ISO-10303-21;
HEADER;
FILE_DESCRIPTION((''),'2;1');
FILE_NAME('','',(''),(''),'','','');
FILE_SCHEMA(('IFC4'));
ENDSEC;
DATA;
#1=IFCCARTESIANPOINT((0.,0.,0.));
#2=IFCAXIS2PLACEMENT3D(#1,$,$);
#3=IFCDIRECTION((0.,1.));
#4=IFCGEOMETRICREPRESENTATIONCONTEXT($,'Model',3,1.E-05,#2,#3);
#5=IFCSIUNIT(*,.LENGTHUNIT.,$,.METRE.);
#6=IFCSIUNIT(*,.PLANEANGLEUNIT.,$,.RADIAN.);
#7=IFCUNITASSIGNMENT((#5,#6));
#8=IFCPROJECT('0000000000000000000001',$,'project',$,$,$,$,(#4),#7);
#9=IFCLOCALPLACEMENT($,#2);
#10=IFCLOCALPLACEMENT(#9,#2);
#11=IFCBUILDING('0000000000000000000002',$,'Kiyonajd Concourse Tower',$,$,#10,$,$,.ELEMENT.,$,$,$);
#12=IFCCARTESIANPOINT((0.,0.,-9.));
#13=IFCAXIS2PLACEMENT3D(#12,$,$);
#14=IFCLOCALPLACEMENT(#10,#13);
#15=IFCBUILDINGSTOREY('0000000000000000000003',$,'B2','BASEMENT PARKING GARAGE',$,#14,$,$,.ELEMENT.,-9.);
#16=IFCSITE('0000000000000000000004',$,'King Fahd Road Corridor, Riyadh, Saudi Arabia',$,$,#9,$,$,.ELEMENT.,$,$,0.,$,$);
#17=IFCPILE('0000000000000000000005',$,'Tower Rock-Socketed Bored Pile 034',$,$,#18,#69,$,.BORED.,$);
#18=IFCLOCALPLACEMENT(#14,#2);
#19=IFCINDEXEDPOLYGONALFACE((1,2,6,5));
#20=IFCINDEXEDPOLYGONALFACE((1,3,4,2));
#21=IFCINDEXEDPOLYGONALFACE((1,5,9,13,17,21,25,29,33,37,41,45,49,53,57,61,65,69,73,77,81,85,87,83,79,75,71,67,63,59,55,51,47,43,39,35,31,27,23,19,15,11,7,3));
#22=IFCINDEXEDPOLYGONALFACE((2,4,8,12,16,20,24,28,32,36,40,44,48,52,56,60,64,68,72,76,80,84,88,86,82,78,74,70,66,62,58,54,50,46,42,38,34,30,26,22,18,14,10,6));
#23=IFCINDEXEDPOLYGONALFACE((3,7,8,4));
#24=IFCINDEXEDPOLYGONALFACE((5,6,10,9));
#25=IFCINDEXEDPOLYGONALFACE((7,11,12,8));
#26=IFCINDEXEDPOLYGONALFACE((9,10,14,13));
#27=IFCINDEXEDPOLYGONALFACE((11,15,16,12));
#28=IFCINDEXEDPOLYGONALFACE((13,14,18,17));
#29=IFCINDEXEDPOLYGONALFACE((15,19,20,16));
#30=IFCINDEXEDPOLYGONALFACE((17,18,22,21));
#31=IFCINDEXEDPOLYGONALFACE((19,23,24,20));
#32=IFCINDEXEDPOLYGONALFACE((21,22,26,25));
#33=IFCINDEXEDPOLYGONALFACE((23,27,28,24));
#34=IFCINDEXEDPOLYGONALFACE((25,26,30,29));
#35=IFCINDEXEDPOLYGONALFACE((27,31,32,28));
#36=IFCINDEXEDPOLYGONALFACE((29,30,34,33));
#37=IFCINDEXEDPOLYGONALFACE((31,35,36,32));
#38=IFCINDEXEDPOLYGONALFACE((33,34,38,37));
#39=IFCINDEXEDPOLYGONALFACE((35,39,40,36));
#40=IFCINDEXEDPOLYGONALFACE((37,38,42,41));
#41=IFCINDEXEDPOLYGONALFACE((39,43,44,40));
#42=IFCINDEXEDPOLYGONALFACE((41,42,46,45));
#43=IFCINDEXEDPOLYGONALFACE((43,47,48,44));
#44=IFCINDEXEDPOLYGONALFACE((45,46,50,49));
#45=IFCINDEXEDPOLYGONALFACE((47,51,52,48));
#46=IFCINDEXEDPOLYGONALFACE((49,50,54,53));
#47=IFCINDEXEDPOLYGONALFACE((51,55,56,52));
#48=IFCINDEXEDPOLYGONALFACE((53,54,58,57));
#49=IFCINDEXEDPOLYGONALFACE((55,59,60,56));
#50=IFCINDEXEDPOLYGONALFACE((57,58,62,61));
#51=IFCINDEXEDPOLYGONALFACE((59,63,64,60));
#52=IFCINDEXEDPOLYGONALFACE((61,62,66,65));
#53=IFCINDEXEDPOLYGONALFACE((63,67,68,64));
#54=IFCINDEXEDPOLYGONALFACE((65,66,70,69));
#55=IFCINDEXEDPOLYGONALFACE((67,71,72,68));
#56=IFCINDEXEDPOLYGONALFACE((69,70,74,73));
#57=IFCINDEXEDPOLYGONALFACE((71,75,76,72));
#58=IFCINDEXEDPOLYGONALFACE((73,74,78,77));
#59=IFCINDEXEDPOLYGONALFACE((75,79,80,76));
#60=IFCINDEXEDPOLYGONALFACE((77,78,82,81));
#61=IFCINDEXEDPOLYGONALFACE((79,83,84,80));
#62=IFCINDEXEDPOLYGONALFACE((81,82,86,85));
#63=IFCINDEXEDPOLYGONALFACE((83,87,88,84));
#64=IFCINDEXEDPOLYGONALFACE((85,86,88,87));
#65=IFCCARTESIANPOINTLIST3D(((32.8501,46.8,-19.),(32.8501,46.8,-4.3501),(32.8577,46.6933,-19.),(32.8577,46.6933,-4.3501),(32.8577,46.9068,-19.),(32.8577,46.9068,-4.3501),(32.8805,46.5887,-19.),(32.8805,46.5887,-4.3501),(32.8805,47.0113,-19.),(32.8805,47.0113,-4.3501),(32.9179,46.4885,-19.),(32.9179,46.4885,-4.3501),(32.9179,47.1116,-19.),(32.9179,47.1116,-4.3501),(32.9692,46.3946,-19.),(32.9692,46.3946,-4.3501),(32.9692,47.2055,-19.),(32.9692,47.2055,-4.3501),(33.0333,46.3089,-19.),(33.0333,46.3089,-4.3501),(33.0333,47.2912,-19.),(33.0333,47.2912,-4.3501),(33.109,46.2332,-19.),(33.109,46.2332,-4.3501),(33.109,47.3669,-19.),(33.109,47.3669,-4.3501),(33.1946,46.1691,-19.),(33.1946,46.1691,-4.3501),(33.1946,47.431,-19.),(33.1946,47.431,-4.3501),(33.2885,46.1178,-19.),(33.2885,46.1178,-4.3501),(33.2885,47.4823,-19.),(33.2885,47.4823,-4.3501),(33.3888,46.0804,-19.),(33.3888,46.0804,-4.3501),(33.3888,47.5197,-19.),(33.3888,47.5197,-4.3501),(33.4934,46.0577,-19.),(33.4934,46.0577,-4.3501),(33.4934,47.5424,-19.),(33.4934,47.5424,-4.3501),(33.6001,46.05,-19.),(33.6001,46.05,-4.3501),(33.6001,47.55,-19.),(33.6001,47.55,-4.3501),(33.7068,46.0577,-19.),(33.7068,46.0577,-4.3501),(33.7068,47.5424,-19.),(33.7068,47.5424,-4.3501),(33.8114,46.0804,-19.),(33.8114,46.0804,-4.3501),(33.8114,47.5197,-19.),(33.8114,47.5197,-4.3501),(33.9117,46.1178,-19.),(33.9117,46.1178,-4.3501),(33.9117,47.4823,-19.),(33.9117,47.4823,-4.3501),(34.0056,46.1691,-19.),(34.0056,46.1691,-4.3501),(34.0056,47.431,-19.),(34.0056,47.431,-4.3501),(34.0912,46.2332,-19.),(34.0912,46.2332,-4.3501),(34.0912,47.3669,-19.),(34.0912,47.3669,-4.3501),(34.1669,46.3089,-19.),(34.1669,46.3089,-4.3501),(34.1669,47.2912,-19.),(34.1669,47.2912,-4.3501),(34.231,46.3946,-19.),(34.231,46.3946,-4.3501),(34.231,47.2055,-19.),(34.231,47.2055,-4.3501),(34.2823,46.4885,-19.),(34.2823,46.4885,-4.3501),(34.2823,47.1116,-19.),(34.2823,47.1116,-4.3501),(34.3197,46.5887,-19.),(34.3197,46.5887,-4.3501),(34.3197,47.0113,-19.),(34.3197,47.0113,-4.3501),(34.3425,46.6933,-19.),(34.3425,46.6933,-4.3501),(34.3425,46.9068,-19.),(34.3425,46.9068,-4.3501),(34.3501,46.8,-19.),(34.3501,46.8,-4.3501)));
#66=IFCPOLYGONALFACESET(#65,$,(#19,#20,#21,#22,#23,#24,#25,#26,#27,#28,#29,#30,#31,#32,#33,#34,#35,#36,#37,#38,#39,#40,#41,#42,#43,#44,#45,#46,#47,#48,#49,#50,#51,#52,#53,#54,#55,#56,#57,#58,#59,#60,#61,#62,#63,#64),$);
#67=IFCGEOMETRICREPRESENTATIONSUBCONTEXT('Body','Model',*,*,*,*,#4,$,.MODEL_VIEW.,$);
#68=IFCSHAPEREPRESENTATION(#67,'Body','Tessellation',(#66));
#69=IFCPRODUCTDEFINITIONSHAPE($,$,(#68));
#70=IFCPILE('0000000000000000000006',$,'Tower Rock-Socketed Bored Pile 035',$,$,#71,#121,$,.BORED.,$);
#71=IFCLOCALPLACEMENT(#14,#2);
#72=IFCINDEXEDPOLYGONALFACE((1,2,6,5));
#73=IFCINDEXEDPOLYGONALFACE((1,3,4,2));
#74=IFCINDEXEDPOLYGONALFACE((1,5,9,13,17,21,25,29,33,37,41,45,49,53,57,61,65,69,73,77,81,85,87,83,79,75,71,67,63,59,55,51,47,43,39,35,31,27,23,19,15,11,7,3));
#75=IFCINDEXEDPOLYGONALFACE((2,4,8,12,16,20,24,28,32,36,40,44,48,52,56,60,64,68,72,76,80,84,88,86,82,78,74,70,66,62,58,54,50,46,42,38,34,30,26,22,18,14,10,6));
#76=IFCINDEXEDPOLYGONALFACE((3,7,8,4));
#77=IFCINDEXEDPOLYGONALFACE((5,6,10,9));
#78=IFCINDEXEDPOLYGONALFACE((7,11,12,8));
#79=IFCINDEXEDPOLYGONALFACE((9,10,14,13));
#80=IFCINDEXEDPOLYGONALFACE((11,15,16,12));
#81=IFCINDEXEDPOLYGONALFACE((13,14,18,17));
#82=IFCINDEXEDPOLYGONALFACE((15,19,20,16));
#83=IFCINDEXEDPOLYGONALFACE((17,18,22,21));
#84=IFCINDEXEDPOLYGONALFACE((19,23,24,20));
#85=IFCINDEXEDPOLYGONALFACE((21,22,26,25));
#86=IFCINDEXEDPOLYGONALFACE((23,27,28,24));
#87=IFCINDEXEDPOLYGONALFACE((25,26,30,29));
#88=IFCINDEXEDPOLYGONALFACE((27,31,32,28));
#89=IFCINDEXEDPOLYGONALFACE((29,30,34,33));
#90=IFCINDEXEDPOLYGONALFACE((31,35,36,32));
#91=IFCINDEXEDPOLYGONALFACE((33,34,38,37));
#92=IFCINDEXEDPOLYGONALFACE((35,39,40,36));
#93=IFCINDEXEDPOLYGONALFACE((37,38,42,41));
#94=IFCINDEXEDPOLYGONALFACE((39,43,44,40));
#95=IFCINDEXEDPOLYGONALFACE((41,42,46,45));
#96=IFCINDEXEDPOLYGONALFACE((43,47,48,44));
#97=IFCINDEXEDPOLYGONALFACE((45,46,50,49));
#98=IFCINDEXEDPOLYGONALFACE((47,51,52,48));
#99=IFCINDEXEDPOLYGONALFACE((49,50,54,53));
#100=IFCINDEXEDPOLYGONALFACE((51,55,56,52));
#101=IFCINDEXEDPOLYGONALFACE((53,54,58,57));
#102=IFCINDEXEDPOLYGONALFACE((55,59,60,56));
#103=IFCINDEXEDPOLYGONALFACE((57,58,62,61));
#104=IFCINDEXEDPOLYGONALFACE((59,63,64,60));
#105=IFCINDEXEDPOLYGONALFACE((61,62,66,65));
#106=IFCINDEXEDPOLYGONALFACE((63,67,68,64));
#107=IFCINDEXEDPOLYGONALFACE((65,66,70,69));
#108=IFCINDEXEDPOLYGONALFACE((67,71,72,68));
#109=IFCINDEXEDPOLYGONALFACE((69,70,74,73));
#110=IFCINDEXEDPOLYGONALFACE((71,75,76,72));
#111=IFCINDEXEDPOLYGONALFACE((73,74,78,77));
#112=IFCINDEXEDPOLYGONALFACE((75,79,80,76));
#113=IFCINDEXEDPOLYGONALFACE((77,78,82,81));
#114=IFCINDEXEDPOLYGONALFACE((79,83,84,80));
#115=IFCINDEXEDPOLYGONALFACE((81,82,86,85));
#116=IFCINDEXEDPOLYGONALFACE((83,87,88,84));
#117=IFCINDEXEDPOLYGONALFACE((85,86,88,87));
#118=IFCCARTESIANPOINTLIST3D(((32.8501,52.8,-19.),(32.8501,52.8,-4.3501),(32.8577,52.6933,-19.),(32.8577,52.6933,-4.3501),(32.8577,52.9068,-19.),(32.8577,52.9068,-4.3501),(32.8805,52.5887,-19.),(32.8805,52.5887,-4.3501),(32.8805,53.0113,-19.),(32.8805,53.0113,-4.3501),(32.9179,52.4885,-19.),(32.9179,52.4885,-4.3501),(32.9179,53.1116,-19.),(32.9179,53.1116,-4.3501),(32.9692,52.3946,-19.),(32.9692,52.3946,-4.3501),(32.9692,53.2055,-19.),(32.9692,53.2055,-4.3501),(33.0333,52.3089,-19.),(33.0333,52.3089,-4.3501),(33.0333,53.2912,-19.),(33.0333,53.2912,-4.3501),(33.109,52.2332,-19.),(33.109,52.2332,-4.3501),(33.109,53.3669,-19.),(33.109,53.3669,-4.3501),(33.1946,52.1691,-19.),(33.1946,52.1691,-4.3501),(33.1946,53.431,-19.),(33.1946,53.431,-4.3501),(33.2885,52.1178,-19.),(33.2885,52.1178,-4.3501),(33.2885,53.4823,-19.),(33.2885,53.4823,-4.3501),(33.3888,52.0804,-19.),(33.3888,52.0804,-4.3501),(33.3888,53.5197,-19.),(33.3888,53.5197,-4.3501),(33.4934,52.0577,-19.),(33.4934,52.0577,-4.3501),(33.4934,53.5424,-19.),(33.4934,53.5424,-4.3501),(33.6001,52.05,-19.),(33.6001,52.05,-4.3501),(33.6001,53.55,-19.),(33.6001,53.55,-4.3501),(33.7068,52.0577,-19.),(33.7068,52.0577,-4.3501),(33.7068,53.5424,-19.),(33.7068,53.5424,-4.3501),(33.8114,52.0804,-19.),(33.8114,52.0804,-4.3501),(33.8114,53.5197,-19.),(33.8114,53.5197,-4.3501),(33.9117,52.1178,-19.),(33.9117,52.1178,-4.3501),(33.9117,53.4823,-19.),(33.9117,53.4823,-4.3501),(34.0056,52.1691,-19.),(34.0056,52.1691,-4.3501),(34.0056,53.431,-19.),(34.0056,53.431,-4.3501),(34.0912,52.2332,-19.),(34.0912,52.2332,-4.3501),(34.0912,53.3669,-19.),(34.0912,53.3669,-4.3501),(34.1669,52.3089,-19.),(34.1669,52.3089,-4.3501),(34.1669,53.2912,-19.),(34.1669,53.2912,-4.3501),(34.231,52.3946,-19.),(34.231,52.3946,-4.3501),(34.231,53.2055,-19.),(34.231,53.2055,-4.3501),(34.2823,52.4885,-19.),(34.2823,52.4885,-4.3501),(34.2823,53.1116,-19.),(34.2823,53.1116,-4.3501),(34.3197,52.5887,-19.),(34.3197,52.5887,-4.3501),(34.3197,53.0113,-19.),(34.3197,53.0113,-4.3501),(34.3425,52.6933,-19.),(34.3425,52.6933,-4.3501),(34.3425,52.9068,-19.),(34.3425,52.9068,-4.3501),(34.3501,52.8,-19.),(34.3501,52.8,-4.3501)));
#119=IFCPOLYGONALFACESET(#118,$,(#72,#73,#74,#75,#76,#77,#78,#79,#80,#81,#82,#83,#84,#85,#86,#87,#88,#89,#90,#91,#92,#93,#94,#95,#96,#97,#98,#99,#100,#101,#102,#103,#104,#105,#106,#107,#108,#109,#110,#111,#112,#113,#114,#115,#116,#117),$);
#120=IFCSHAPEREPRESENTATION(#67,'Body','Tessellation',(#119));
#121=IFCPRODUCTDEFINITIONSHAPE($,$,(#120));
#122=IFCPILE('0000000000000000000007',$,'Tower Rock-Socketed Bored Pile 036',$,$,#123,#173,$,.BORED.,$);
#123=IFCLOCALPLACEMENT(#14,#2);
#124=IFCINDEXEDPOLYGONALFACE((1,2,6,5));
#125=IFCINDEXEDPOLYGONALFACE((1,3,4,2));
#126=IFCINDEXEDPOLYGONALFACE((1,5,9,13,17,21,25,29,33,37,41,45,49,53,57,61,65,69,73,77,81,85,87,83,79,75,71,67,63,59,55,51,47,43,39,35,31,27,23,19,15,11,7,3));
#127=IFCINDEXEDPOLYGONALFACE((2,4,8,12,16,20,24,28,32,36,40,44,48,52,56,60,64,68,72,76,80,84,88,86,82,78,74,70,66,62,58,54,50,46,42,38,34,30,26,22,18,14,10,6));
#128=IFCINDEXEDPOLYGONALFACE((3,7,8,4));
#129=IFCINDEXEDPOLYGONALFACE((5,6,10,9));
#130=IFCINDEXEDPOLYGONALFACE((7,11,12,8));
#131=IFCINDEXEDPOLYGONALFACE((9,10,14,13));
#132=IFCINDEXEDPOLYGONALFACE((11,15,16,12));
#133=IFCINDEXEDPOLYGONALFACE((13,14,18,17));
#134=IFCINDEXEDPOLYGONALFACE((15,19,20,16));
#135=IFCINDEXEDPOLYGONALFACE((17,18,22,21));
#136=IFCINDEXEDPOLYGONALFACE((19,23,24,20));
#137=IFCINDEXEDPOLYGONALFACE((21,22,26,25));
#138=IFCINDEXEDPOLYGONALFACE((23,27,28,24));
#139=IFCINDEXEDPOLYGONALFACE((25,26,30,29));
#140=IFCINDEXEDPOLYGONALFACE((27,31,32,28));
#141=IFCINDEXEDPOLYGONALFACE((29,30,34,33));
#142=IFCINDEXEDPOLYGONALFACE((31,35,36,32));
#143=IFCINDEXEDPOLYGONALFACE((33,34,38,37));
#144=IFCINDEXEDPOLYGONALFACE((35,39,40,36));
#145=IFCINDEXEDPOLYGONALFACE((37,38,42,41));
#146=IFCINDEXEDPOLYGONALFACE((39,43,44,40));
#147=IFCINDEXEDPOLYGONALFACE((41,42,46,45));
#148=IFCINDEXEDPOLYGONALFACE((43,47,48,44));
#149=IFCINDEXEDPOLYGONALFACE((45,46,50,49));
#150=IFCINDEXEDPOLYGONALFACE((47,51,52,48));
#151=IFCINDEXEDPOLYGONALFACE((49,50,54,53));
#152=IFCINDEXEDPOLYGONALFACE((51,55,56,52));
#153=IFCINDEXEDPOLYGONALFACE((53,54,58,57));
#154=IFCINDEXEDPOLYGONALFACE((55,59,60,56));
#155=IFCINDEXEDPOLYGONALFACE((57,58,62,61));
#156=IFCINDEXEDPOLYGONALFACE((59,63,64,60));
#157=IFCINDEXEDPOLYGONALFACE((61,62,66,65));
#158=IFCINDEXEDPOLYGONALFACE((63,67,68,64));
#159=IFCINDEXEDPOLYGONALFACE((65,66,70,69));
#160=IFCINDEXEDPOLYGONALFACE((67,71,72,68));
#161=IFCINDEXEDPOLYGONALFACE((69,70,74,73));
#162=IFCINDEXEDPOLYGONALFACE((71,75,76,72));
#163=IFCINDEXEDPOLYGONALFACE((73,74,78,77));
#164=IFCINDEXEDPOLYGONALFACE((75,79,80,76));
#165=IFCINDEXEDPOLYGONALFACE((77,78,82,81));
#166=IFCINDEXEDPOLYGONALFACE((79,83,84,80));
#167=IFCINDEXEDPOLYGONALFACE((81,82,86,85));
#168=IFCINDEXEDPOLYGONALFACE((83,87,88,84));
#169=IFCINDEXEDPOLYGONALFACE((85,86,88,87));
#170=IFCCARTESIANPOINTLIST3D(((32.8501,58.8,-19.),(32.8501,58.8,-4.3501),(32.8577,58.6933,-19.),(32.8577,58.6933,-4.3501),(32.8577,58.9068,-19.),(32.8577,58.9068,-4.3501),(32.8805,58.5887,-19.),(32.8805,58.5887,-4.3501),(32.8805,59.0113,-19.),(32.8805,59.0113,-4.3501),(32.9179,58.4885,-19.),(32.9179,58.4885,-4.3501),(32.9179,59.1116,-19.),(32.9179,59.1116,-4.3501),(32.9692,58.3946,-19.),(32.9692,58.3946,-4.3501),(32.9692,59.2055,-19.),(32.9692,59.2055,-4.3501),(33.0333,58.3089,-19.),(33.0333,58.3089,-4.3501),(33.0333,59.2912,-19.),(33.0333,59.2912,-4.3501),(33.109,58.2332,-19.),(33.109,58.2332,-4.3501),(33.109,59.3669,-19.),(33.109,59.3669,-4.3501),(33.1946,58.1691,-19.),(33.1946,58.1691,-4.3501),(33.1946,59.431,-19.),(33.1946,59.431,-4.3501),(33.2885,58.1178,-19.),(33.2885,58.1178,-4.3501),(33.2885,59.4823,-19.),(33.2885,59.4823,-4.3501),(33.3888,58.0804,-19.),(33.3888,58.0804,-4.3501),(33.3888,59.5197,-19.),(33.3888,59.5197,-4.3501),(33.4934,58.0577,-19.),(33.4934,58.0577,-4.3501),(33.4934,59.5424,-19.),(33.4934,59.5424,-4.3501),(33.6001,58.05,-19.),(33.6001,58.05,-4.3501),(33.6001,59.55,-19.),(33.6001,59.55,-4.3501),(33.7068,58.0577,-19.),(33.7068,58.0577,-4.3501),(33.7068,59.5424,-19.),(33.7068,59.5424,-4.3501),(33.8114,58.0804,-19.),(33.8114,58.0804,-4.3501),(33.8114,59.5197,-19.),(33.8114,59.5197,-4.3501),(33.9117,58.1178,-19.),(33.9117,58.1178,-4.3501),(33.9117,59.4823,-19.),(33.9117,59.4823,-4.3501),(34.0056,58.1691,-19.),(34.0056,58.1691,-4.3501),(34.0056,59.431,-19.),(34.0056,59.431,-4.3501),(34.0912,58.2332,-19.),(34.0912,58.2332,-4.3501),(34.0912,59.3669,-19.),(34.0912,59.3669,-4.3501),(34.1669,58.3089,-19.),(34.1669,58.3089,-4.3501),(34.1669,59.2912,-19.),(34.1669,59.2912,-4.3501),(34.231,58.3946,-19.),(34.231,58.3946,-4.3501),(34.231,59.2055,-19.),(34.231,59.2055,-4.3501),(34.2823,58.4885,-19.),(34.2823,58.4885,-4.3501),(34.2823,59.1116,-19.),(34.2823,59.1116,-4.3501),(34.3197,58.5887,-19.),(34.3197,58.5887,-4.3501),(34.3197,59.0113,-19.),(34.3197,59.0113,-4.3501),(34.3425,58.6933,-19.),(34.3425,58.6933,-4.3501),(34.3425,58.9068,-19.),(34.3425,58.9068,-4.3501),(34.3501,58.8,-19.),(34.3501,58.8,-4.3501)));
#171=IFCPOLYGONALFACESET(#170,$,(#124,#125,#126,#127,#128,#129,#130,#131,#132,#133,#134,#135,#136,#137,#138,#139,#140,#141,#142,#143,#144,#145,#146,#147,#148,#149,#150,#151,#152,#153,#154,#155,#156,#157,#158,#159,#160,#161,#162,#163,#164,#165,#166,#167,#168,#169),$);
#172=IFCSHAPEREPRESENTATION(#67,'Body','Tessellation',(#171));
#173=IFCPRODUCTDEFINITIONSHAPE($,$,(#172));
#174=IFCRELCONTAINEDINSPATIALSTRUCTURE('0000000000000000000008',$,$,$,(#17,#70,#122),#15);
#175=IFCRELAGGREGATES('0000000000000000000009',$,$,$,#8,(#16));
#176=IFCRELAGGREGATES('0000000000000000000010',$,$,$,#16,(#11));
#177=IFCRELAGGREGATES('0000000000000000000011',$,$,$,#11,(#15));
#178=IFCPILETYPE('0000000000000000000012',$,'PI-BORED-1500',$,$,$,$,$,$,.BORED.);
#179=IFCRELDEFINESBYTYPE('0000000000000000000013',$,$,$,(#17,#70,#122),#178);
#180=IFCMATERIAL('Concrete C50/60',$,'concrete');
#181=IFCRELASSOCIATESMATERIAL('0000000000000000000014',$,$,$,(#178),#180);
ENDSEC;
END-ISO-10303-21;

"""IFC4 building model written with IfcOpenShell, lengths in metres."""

from ifc_helpers import new_model, si_unit, direction, frame, origin, origin_2d, place, context, subcontext, project, spatial, circle, extrude, material, material_profile, profile_set, type_object, element, save


model = new_model("IFC4")

# Units and contexts
model_context = context("Model", 3, precision=1e-05, world=origin(), true_north=direction((0.0, 1.0)))
body_context = subcontext(model_context, "Body", "Model", "MODEL_VIEW")
ifc_project = project(units=[si_unit("LENGTHUNIT", "METRE"), si_unit("PLANEANGLEUNIT", "RADIAN")], contexts=[model_context])

# Site, building, storey
site_placement = place(None, origin())
site = spatial("IfcSite", under=ifc_project, at=site_placement, Name="King Fahd Road Corridor, Riyadh, Saudi Arabia", CompositionType="ELEMENT", RefElevation=0.0)
building_placement = place(site_placement, origin())
building = spatial("IfcBuilding", under=site, at=building_placement, Name="Kiyonajd Concourse Tower", CompositionType="ELEMENT")
storey_placement = place(building_placement, frame((0.0, 0.0, -9.0)))
storey = spatial("IfcBuildingStorey", under=building, at=storey_placement, Name="B2", Description="BASEMENT PARKING GARAGE", CompositionType="ELEMENT", Elevation=-9.0)

# Piles
ifc_material_1 = material(Name="Concrete C50/60", Category="concrete")
ifc_material_profile_1 = material_profile(ifc_material_1, circle(Radius=0.75, at=origin_2d()), Name="PILE-D1500")
ifc_profile_set_1 = profile_set([ifc_material_profile_1], Name="Concrete C50/60")
pile_type = type_object("IfcPileType", Name="PI-BORED-1500", PredefinedType="BORED", material=ifc_profile_set_1)
for number, where, z_axis, x_axis, name in (
    (1, (33.6001, 46.8, -4.3501), (0.0, 0.0, -1.0), (1.0, 0.0, 0.0), "Tower Rock-Socketed Bored Pile 034"),
    (2, (33.6001, 52.8, -4.3501), (0.0, 0.0, -1.0), (1.0, 0.0, 0.0), "Tower Rock-Socketed Bored Pile 035"),
    (3, (33.6001, 58.8, -4.3501), (0.0, 0.0, -1.0), (1.0, 0.0, 0.0), "Tower Rock-Socketed Bored Pile 036"),
):
    element("IfcPile", number, at=place(storey_placement, frame(where, z_axis=z_axis, x_axis=x_axis)), inside=storey, type_object=pile_type, Name=name, PredefinedType="BORED", context=body_context, shape_type="SweptSolid", body=[
        extrude(circle(Radius=0.75, at=origin_2d()), origin(), (0.0, 0.0, 1.0), 14.6499),
    ])

save(model, "model.ifc")
